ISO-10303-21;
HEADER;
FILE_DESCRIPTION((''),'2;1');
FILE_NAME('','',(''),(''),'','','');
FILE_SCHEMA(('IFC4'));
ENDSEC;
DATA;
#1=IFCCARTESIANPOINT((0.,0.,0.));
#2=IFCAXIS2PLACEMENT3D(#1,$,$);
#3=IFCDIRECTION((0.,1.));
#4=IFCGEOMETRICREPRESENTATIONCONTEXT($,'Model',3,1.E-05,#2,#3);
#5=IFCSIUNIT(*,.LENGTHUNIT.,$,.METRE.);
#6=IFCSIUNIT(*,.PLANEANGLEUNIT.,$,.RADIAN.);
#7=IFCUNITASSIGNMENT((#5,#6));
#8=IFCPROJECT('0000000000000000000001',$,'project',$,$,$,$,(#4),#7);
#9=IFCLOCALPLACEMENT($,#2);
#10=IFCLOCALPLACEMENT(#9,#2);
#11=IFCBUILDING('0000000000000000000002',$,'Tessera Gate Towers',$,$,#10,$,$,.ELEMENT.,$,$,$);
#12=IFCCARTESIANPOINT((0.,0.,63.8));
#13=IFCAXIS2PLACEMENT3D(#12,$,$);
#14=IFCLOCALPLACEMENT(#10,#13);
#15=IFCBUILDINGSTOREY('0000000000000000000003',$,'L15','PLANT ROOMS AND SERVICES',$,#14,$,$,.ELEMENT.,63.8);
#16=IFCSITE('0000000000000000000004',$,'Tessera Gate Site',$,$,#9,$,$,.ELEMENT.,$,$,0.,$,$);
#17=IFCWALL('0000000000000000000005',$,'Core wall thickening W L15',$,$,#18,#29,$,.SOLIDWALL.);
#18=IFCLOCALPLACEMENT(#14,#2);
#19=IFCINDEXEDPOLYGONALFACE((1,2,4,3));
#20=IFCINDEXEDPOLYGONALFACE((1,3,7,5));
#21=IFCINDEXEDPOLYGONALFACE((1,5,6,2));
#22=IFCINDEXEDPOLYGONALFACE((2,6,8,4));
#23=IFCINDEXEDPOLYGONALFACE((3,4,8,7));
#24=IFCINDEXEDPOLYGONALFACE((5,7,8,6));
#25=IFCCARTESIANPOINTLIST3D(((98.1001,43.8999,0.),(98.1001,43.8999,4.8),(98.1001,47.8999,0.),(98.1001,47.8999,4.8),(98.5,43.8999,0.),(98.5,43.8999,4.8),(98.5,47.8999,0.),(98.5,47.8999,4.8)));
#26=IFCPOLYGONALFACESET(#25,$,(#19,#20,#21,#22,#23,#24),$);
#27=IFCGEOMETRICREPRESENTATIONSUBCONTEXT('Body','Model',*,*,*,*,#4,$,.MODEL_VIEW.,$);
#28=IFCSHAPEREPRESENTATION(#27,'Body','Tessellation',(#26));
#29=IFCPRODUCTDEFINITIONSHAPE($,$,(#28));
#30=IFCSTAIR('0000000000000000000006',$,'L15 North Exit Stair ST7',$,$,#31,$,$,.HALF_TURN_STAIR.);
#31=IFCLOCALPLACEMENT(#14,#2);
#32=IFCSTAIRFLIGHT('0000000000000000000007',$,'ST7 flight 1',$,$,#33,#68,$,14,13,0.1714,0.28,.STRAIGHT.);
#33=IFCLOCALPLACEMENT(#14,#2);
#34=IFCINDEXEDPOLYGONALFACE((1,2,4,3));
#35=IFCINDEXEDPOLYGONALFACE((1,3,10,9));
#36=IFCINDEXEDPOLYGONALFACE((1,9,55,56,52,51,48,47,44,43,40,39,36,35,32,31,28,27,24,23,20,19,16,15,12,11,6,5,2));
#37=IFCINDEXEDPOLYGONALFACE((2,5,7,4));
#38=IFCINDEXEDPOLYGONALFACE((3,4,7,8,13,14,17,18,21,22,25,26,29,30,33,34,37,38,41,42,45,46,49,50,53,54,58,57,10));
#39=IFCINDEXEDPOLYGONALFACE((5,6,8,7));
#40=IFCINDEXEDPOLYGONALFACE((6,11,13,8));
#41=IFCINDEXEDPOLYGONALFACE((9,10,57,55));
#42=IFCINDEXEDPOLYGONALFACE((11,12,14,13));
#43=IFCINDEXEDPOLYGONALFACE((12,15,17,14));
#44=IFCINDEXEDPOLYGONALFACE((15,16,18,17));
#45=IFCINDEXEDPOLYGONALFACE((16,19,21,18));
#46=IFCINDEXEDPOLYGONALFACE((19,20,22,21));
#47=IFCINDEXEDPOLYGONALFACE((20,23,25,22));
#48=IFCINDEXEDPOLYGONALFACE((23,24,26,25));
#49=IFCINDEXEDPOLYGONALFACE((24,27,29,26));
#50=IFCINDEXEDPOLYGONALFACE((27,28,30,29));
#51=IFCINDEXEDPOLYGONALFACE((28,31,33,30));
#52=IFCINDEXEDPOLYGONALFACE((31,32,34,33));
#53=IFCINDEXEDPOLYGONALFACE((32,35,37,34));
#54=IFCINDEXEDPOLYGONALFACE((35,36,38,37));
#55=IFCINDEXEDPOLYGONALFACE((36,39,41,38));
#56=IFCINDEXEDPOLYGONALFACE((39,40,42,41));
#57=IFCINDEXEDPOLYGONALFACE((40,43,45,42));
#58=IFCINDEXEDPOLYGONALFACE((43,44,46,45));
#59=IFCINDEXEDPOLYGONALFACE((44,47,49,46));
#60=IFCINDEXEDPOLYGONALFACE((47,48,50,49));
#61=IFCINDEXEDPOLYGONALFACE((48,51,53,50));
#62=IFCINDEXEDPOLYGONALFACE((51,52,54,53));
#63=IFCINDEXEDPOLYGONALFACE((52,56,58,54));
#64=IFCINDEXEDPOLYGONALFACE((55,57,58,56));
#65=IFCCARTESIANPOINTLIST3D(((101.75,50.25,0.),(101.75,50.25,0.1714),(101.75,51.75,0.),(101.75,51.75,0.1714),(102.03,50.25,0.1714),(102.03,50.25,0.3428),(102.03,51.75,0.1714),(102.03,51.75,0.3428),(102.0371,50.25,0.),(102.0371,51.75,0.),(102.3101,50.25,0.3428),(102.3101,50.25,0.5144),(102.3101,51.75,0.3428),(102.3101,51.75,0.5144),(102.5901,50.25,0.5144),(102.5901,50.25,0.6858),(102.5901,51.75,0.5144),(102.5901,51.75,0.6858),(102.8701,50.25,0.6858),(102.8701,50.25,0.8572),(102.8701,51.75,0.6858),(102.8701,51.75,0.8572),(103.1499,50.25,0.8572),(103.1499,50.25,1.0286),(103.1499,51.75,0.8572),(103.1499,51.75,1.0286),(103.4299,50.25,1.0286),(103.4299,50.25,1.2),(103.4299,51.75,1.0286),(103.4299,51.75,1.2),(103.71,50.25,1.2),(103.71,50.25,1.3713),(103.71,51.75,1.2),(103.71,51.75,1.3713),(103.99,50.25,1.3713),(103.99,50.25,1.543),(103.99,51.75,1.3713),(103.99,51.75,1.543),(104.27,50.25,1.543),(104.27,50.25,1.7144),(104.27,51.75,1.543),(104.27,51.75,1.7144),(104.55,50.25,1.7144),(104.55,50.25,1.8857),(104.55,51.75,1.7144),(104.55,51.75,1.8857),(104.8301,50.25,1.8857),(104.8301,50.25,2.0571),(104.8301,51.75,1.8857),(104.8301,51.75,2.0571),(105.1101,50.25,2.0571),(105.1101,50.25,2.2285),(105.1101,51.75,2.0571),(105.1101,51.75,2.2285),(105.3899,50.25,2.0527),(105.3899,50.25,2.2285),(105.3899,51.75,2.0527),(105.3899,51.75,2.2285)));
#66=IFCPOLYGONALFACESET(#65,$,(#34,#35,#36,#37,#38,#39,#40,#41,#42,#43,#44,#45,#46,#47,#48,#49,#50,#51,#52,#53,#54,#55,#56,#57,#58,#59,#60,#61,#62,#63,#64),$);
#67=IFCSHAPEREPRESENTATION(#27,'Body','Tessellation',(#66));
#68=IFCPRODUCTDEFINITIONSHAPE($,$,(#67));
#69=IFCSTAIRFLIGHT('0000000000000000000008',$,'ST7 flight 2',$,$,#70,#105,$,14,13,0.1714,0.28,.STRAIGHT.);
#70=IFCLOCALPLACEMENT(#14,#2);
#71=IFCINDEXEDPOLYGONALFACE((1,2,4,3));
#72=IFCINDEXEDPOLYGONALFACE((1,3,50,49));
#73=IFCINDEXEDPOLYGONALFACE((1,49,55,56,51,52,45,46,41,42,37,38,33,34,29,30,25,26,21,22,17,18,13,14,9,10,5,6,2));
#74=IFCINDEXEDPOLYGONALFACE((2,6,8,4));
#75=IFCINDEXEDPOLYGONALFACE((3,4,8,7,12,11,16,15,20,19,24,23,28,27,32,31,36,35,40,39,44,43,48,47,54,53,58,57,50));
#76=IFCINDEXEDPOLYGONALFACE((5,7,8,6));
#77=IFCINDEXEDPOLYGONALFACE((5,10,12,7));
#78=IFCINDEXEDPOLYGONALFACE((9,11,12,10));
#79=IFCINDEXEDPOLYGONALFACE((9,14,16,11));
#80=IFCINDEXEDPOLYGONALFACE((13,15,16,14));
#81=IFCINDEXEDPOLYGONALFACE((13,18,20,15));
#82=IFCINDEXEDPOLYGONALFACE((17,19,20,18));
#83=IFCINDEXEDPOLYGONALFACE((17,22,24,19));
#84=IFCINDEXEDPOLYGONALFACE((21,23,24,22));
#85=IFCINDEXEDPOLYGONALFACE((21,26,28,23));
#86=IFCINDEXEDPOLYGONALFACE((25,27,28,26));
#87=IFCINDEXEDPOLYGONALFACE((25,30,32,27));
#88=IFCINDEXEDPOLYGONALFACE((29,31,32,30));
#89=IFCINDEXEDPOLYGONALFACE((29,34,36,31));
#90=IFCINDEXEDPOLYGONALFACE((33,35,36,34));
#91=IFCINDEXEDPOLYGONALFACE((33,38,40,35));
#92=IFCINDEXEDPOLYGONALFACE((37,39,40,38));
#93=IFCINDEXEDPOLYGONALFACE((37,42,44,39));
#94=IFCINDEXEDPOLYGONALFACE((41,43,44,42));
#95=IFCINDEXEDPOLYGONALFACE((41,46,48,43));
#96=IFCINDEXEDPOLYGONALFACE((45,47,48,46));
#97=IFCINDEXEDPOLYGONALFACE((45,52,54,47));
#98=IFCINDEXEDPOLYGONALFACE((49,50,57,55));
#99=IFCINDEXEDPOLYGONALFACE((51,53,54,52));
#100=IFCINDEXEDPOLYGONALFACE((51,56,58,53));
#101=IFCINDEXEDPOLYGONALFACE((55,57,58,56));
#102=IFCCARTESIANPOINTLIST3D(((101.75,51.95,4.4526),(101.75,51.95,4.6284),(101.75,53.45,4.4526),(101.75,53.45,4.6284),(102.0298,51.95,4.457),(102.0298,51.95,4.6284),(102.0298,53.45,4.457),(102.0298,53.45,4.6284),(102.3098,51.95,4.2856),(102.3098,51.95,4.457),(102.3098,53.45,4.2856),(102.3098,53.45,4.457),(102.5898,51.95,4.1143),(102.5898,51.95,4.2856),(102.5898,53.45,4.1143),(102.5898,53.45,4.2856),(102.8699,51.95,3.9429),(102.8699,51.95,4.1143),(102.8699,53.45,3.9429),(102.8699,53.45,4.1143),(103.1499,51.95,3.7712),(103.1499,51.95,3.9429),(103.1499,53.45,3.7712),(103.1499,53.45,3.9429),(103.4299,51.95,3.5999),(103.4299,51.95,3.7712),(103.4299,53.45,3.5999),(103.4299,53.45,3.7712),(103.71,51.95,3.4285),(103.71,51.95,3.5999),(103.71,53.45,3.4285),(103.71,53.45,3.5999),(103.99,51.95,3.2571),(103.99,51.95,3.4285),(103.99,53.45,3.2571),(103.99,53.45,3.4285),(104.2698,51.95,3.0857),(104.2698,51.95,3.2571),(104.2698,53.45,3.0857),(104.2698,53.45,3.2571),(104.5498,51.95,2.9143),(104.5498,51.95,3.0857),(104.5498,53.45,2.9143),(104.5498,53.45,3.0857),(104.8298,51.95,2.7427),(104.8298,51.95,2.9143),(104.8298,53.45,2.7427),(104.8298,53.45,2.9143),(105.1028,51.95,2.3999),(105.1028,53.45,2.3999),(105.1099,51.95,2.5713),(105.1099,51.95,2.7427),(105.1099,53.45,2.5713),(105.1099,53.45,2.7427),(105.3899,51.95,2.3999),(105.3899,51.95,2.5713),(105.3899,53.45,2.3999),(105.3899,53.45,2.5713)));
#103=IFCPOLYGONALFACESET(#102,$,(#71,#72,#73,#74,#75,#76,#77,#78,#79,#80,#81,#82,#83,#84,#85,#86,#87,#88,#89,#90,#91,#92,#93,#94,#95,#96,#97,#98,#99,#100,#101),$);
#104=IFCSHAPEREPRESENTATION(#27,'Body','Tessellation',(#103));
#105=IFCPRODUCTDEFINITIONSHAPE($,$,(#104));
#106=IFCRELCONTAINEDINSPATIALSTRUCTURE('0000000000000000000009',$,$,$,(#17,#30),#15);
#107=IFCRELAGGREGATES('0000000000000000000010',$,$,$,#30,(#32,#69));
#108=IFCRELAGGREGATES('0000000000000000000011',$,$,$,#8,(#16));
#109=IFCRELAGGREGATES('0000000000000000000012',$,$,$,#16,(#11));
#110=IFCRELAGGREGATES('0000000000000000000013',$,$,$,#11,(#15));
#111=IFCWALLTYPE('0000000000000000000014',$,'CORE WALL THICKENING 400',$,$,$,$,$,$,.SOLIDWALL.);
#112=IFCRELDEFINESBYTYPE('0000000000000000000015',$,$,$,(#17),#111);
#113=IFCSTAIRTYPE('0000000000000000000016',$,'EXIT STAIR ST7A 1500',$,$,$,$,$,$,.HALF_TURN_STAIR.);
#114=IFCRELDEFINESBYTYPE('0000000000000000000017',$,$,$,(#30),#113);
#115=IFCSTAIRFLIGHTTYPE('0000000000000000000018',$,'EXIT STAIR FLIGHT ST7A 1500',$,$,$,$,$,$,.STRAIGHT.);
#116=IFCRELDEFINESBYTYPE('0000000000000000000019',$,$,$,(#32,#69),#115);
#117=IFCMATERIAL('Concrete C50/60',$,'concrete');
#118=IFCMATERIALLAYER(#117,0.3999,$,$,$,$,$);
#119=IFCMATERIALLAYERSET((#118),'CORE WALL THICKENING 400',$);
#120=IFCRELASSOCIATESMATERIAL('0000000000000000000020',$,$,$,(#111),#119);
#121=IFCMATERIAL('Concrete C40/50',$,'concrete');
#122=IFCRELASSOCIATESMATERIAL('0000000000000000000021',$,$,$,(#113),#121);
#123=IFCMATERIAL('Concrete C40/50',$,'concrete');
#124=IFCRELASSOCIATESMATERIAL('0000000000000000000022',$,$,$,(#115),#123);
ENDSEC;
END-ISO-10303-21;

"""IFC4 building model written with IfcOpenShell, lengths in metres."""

from ifc_helpers import new_model, si_unit, direction, frame, frame_2d, origin, place, context, subcontext, project, spatial, polyline, rectangle, outline, extrude, material, layer, layer_set, type_object, element, aggregate, save


model = new_model("IFC4")

# Units and contexts
model_context = context("Model", 3, precision=1e-05, world=origin(), true_north=direction((0.0, 1.0)))
body_context = subcontext(model_context, "Body", "Model", "MODEL_VIEW")
ifc_project = project(units=[si_unit("LENGTHUNIT", "METRE"), si_unit("PLANEANGLEUNIT", "RADIAN")], contexts=[model_context])

# Site, building, storey
site_placement = place(None, origin())
site = spatial("IfcSite", under=ifc_project, at=site_placement, Name="Tessera Gate Site", CompositionType="ELEMENT", RefElevation=0.0)
building_placement = place(site_placement, origin())
building = spatial("IfcBuilding", under=site, at=building_placement, Name="Tessera Gate Towers", CompositionType="ELEMENT")
storey_placement = place(building_placement, frame((0.0, 0.0, 63.8)))
storey = spatial("IfcBuildingStorey", under=building, at=storey_placement, Name="L15", Description="PLANT ROOMS AND SERVICES", CompositionType="ELEMENT", Elevation=63.8)

# Wall
ifc_material_1 = material(Name="Concrete C50/60", Category="concrete")
ifc_layer_1 = layer(ifc_material_1, 0.3999)
ifc_layer_set_1 = layer_set([ifc_layer_1], Name="CORE WALL THICKENING 400")
wall_type_1 = type_object("IfcWallType", Name="CORE WALL THICKENING 400", PredefinedType="SOLIDWALL", material=ifc_layer_set_1)
wall_1_placement = place(storey_placement, frame((98.3, 43.8999, 0.0), z_axis=(0.0, 0.0, 1.0), x_axis=(0.0, 1.0, 0.0)))
element("IfcWall", 1, at=wall_1_placement, inside=storey, type_object=wall_type_1, Name="Core wall thickening W L15", PredefinedType="SOLIDWALL", context=body_context, shape_type="SweptSolid", body=[
    extrude(rectangle(XDim=4.0, YDim=0.3999, at=frame_2d((2.0, 0.0))), origin(), (0.0, 0.0, 1.0), 4.8),
])

# Stair, stair flights
ifc_material_2 = material(Name="Concrete C40/50", Category="concrete")
stair_type = type_object("IfcStairType", Name="EXIT STAIR ST7A 1500", PredefinedType="HALF_TURN_STAIR", material=ifc_material_2)
stair_placement = place(storey_placement, origin())
stair = element("IfcStair", 2, at=stair_placement, inside=storey, type_object=stair_type, Name="L15 North Exit Stair ST7", PredefinedType="HALF_TURN_STAIR")
ifc_material_3 = material(Name="Concrete C40/50", Category="concrete")
stair_flight_type = type_object("IfcStairFlightType", Name="EXIT STAIR FLIGHT ST7A 1500", PredefinedType="STRAIGHT", material=ifc_material_3)
stair_flight_1_placement = place(storey_placement, frame((101.75, 51.0, 0.0), z_axis=(0.0, 0.0, 1.0), x_axis=(1.0, 0.0, 0.0)))
stair_flight_1 = element("IfcStairFlight", 3, at=stair_flight_1_placement, type_object=stair_flight_type, Name="ST7 flight 1", NumberOfRisers=14, NumberOfTreads=13, PredefinedType="STRAIGHT", RiserHeight=0.1714, TreadLength=0.28, context=body_context, shape_type="SweptSolid", body=[
    extrude(outline(polyline([(0.0, 0.0), (0.0, 0.1714), (0.28, 0.1714), (0.28, 0.3428), (0.5601, 0.3428), (0.5601, 0.5144), (0.8401, 0.5144), (0.8401, 0.6858), (1.1201, 0.6858), (1.1201, 0.8572), (1.3999, 0.8572), (1.3999, 1.0286), (1.6799, 1.0286), (1.6799, 1.2), (1.96, 1.2), (1.96, 1.3713), (2.24, 1.3713), (2.24, 1.543), (2.52, 1.543), (2.52, 1.7144), (2.8, 1.7144), (2.8, 1.8857), (3.0801, 1.8857), (3.0801, 2.0571), (3.3601, 2.0571), (3.3601, 2.2285), (3.6399, 2.2285), (3.6399, 2.3999), (3.6399, 2.0527), (0.2871, 0.0), (0.0, 0.0)])), frame((0.0, 0.75, 0.0), z_axis=(0.0, -1.0, 0.0), x_axis=(1.0, 0.0, 0.0)), (0.0, 0.0, 1.0), 1.5),
])
stair_flight_2_placement = place(storey_placement, frame((105.3899, 52.7, 2.3999), z_axis=(0.0, 0.0, 1.0), x_axis=(-1.0, 0.0, 0.0)))
stair_flight_2 = element("IfcStairFlight", 4, at=stair_flight_2_placement, type_object=stair_flight_type, Name="ST7 flight 2", NumberOfRisers=14, NumberOfTreads=13, PredefinedType="STRAIGHT", RiserHeight=0.1714, TreadLength=0.28, context=body_context, shape_type="SweptSolid", body=[
    extrude(outline(polyline([(0.0, 0.0), (0.0, 0.1714), (0.28, 0.1714), (0.28, 0.3428), (0.5601, 0.3428), (0.5601, 0.5144), (0.8401, 0.5144), (0.8401, 0.6858), (1.1201, 0.6858), (1.1201, 0.8572), (1.3999, 0.8572), (1.3999, 1.0286), (1.6799, 1.0286), (1.6799, 1.2), (1.96, 1.2), (1.96, 1.3713), (2.24, 1.3713), (2.24, 1.543), (2.52, 1.543), (2.52, 1.7144), (2.8, 1.7144), (2.8, 1.8857), (3.0801, 1.8857), (3.0801, 2.0571), (3.3601, 2.0571), (3.3601, 2.2285), (3.6399, 2.2285), (3.6399, 2.3999), (3.6399, 2.0527), (0.2871, 0.0), (0.0, 0.0)])), frame((0.0, 0.75, 0.0), z_axis=(0.0, -1.0, 0.0), x_axis=(1.0, 0.0, 0.0)), (0.0, 0.0, 1.0), 1.5),
])
aggregate(stair, [stair_flight_1, stair_flight_2])

save(model, "model.ifc")
